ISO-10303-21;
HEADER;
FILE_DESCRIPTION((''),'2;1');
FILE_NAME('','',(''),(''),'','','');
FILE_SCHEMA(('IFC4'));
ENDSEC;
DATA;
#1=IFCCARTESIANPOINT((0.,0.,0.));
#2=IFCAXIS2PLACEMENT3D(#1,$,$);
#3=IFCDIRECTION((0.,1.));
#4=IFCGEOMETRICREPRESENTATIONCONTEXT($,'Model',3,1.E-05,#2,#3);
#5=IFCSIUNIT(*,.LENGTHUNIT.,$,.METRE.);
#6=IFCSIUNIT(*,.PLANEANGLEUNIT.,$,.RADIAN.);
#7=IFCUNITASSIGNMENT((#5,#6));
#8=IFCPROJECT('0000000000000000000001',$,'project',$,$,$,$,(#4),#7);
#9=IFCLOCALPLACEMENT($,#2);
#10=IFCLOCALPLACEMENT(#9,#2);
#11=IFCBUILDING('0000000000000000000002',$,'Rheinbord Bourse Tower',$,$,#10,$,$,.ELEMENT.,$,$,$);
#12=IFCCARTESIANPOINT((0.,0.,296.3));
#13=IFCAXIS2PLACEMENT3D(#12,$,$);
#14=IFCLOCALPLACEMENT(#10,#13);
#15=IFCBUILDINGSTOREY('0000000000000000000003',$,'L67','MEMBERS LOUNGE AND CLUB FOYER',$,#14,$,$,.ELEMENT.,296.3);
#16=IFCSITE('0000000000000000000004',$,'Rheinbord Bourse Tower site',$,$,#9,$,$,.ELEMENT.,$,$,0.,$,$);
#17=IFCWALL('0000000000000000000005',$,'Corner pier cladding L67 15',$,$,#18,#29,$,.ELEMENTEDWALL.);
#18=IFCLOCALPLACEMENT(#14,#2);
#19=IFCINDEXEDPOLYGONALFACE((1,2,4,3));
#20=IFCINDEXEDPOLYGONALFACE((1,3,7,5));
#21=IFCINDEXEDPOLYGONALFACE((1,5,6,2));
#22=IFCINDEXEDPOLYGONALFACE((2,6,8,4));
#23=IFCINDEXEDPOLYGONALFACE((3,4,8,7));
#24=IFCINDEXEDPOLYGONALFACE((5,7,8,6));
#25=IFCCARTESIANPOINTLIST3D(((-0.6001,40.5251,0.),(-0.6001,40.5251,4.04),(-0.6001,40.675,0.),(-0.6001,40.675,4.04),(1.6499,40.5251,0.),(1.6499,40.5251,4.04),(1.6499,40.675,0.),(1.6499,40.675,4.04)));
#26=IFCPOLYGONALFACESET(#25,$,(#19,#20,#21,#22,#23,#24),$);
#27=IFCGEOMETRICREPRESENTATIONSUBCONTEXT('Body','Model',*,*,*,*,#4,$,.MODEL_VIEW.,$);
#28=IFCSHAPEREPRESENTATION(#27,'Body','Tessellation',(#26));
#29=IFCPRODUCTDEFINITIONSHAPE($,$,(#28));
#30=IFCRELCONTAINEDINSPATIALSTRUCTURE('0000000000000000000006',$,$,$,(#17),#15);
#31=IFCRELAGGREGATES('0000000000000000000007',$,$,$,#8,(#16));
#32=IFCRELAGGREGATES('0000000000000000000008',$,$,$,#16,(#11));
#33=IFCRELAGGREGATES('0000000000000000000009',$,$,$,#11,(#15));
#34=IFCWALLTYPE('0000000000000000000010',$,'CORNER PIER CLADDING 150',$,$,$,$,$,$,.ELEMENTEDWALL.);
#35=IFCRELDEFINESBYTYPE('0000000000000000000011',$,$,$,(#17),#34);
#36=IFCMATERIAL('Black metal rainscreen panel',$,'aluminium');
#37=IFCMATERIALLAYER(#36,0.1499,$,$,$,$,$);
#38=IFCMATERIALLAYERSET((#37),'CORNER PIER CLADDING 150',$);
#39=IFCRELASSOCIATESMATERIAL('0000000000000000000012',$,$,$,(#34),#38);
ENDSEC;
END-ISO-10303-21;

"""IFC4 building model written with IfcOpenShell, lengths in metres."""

from ifc_helpers import new_model, si_unit, direction, frame, frame_2d, origin, place, context, subcontext, project, spatial, rectangle, extrude, material, layer, layer_set, type_object, element, save


model = new_model("IFC4")

# Units and contexts
model_context = context("Model", 3, precision=1e-05, world=origin(), true_north=direction((0.0, 1.0)))
body_context = subcontext(model_context, "Body", "Model", "MODEL_VIEW")
ifc_project = project(units=[si_unit("LENGTHUNIT", "METRE"), si_unit("PLANEANGLEUNIT", "RADIAN")], contexts=[model_context])

# Site, building, storey
site_placement = place(None, origin())
site = spatial("IfcSite", under=ifc_project, at=site_placement, Name="Rheinbord Bourse Tower site", CompositionType="ELEMENT", RefElevation=0.0)
building_placement = place(site_placement, origin())
building = spatial("IfcBuilding", under=site, at=building_placement, Name="Rheinbord Bourse Tower", CompositionType="ELEMENT")
storey_placement = place(building_placement, frame((0.0, 0.0, 296.3)))
storey = spatial("IfcBuildingStorey", under=building, at=storey_placement, Name="L67", Description="MEMBERS LOUNGE AND CLUB FOYER", CompositionType="ELEMENT", Elevation=296.3)

# Wall
ifc_material_1 = material(Name="Black metal rainscreen panel", Category="aluminium")
ifc_layer_1 = layer(ifc_material_1, 0.1499)
ifc_layer_set_1 = layer_set([ifc_layer_1], Name="CORNER PIER CLADDING 150")
wall_type = type_object("IfcWallType", Name="CORNER PIER CLADDING 150", PredefinedType="ELEMENTEDWALL", material=ifc_layer_set_1)
wall_1_placement = place(storey_placement, frame((1.6499, 40.6001, 0.0), z_axis=(0.0, 0.0, 1.0), x_axis=(-1.0, 0.0, 0.0)))
element("IfcWall", 1, at=wall_1_placement, inside=storey, type_object=wall_type, Name="Corner pier cladding L67 15", PredefinedType="ELEMENTEDWALL", context=body_context, shape_type="SweptSolid", body=[
    extrude(rectangle(XDim=2.25, YDim=0.1499, at=frame_2d((1.125, 0.0))), origin(), (0.0, 0.0, 1.0), 4.04),
])

save(model, "model.ifc")
